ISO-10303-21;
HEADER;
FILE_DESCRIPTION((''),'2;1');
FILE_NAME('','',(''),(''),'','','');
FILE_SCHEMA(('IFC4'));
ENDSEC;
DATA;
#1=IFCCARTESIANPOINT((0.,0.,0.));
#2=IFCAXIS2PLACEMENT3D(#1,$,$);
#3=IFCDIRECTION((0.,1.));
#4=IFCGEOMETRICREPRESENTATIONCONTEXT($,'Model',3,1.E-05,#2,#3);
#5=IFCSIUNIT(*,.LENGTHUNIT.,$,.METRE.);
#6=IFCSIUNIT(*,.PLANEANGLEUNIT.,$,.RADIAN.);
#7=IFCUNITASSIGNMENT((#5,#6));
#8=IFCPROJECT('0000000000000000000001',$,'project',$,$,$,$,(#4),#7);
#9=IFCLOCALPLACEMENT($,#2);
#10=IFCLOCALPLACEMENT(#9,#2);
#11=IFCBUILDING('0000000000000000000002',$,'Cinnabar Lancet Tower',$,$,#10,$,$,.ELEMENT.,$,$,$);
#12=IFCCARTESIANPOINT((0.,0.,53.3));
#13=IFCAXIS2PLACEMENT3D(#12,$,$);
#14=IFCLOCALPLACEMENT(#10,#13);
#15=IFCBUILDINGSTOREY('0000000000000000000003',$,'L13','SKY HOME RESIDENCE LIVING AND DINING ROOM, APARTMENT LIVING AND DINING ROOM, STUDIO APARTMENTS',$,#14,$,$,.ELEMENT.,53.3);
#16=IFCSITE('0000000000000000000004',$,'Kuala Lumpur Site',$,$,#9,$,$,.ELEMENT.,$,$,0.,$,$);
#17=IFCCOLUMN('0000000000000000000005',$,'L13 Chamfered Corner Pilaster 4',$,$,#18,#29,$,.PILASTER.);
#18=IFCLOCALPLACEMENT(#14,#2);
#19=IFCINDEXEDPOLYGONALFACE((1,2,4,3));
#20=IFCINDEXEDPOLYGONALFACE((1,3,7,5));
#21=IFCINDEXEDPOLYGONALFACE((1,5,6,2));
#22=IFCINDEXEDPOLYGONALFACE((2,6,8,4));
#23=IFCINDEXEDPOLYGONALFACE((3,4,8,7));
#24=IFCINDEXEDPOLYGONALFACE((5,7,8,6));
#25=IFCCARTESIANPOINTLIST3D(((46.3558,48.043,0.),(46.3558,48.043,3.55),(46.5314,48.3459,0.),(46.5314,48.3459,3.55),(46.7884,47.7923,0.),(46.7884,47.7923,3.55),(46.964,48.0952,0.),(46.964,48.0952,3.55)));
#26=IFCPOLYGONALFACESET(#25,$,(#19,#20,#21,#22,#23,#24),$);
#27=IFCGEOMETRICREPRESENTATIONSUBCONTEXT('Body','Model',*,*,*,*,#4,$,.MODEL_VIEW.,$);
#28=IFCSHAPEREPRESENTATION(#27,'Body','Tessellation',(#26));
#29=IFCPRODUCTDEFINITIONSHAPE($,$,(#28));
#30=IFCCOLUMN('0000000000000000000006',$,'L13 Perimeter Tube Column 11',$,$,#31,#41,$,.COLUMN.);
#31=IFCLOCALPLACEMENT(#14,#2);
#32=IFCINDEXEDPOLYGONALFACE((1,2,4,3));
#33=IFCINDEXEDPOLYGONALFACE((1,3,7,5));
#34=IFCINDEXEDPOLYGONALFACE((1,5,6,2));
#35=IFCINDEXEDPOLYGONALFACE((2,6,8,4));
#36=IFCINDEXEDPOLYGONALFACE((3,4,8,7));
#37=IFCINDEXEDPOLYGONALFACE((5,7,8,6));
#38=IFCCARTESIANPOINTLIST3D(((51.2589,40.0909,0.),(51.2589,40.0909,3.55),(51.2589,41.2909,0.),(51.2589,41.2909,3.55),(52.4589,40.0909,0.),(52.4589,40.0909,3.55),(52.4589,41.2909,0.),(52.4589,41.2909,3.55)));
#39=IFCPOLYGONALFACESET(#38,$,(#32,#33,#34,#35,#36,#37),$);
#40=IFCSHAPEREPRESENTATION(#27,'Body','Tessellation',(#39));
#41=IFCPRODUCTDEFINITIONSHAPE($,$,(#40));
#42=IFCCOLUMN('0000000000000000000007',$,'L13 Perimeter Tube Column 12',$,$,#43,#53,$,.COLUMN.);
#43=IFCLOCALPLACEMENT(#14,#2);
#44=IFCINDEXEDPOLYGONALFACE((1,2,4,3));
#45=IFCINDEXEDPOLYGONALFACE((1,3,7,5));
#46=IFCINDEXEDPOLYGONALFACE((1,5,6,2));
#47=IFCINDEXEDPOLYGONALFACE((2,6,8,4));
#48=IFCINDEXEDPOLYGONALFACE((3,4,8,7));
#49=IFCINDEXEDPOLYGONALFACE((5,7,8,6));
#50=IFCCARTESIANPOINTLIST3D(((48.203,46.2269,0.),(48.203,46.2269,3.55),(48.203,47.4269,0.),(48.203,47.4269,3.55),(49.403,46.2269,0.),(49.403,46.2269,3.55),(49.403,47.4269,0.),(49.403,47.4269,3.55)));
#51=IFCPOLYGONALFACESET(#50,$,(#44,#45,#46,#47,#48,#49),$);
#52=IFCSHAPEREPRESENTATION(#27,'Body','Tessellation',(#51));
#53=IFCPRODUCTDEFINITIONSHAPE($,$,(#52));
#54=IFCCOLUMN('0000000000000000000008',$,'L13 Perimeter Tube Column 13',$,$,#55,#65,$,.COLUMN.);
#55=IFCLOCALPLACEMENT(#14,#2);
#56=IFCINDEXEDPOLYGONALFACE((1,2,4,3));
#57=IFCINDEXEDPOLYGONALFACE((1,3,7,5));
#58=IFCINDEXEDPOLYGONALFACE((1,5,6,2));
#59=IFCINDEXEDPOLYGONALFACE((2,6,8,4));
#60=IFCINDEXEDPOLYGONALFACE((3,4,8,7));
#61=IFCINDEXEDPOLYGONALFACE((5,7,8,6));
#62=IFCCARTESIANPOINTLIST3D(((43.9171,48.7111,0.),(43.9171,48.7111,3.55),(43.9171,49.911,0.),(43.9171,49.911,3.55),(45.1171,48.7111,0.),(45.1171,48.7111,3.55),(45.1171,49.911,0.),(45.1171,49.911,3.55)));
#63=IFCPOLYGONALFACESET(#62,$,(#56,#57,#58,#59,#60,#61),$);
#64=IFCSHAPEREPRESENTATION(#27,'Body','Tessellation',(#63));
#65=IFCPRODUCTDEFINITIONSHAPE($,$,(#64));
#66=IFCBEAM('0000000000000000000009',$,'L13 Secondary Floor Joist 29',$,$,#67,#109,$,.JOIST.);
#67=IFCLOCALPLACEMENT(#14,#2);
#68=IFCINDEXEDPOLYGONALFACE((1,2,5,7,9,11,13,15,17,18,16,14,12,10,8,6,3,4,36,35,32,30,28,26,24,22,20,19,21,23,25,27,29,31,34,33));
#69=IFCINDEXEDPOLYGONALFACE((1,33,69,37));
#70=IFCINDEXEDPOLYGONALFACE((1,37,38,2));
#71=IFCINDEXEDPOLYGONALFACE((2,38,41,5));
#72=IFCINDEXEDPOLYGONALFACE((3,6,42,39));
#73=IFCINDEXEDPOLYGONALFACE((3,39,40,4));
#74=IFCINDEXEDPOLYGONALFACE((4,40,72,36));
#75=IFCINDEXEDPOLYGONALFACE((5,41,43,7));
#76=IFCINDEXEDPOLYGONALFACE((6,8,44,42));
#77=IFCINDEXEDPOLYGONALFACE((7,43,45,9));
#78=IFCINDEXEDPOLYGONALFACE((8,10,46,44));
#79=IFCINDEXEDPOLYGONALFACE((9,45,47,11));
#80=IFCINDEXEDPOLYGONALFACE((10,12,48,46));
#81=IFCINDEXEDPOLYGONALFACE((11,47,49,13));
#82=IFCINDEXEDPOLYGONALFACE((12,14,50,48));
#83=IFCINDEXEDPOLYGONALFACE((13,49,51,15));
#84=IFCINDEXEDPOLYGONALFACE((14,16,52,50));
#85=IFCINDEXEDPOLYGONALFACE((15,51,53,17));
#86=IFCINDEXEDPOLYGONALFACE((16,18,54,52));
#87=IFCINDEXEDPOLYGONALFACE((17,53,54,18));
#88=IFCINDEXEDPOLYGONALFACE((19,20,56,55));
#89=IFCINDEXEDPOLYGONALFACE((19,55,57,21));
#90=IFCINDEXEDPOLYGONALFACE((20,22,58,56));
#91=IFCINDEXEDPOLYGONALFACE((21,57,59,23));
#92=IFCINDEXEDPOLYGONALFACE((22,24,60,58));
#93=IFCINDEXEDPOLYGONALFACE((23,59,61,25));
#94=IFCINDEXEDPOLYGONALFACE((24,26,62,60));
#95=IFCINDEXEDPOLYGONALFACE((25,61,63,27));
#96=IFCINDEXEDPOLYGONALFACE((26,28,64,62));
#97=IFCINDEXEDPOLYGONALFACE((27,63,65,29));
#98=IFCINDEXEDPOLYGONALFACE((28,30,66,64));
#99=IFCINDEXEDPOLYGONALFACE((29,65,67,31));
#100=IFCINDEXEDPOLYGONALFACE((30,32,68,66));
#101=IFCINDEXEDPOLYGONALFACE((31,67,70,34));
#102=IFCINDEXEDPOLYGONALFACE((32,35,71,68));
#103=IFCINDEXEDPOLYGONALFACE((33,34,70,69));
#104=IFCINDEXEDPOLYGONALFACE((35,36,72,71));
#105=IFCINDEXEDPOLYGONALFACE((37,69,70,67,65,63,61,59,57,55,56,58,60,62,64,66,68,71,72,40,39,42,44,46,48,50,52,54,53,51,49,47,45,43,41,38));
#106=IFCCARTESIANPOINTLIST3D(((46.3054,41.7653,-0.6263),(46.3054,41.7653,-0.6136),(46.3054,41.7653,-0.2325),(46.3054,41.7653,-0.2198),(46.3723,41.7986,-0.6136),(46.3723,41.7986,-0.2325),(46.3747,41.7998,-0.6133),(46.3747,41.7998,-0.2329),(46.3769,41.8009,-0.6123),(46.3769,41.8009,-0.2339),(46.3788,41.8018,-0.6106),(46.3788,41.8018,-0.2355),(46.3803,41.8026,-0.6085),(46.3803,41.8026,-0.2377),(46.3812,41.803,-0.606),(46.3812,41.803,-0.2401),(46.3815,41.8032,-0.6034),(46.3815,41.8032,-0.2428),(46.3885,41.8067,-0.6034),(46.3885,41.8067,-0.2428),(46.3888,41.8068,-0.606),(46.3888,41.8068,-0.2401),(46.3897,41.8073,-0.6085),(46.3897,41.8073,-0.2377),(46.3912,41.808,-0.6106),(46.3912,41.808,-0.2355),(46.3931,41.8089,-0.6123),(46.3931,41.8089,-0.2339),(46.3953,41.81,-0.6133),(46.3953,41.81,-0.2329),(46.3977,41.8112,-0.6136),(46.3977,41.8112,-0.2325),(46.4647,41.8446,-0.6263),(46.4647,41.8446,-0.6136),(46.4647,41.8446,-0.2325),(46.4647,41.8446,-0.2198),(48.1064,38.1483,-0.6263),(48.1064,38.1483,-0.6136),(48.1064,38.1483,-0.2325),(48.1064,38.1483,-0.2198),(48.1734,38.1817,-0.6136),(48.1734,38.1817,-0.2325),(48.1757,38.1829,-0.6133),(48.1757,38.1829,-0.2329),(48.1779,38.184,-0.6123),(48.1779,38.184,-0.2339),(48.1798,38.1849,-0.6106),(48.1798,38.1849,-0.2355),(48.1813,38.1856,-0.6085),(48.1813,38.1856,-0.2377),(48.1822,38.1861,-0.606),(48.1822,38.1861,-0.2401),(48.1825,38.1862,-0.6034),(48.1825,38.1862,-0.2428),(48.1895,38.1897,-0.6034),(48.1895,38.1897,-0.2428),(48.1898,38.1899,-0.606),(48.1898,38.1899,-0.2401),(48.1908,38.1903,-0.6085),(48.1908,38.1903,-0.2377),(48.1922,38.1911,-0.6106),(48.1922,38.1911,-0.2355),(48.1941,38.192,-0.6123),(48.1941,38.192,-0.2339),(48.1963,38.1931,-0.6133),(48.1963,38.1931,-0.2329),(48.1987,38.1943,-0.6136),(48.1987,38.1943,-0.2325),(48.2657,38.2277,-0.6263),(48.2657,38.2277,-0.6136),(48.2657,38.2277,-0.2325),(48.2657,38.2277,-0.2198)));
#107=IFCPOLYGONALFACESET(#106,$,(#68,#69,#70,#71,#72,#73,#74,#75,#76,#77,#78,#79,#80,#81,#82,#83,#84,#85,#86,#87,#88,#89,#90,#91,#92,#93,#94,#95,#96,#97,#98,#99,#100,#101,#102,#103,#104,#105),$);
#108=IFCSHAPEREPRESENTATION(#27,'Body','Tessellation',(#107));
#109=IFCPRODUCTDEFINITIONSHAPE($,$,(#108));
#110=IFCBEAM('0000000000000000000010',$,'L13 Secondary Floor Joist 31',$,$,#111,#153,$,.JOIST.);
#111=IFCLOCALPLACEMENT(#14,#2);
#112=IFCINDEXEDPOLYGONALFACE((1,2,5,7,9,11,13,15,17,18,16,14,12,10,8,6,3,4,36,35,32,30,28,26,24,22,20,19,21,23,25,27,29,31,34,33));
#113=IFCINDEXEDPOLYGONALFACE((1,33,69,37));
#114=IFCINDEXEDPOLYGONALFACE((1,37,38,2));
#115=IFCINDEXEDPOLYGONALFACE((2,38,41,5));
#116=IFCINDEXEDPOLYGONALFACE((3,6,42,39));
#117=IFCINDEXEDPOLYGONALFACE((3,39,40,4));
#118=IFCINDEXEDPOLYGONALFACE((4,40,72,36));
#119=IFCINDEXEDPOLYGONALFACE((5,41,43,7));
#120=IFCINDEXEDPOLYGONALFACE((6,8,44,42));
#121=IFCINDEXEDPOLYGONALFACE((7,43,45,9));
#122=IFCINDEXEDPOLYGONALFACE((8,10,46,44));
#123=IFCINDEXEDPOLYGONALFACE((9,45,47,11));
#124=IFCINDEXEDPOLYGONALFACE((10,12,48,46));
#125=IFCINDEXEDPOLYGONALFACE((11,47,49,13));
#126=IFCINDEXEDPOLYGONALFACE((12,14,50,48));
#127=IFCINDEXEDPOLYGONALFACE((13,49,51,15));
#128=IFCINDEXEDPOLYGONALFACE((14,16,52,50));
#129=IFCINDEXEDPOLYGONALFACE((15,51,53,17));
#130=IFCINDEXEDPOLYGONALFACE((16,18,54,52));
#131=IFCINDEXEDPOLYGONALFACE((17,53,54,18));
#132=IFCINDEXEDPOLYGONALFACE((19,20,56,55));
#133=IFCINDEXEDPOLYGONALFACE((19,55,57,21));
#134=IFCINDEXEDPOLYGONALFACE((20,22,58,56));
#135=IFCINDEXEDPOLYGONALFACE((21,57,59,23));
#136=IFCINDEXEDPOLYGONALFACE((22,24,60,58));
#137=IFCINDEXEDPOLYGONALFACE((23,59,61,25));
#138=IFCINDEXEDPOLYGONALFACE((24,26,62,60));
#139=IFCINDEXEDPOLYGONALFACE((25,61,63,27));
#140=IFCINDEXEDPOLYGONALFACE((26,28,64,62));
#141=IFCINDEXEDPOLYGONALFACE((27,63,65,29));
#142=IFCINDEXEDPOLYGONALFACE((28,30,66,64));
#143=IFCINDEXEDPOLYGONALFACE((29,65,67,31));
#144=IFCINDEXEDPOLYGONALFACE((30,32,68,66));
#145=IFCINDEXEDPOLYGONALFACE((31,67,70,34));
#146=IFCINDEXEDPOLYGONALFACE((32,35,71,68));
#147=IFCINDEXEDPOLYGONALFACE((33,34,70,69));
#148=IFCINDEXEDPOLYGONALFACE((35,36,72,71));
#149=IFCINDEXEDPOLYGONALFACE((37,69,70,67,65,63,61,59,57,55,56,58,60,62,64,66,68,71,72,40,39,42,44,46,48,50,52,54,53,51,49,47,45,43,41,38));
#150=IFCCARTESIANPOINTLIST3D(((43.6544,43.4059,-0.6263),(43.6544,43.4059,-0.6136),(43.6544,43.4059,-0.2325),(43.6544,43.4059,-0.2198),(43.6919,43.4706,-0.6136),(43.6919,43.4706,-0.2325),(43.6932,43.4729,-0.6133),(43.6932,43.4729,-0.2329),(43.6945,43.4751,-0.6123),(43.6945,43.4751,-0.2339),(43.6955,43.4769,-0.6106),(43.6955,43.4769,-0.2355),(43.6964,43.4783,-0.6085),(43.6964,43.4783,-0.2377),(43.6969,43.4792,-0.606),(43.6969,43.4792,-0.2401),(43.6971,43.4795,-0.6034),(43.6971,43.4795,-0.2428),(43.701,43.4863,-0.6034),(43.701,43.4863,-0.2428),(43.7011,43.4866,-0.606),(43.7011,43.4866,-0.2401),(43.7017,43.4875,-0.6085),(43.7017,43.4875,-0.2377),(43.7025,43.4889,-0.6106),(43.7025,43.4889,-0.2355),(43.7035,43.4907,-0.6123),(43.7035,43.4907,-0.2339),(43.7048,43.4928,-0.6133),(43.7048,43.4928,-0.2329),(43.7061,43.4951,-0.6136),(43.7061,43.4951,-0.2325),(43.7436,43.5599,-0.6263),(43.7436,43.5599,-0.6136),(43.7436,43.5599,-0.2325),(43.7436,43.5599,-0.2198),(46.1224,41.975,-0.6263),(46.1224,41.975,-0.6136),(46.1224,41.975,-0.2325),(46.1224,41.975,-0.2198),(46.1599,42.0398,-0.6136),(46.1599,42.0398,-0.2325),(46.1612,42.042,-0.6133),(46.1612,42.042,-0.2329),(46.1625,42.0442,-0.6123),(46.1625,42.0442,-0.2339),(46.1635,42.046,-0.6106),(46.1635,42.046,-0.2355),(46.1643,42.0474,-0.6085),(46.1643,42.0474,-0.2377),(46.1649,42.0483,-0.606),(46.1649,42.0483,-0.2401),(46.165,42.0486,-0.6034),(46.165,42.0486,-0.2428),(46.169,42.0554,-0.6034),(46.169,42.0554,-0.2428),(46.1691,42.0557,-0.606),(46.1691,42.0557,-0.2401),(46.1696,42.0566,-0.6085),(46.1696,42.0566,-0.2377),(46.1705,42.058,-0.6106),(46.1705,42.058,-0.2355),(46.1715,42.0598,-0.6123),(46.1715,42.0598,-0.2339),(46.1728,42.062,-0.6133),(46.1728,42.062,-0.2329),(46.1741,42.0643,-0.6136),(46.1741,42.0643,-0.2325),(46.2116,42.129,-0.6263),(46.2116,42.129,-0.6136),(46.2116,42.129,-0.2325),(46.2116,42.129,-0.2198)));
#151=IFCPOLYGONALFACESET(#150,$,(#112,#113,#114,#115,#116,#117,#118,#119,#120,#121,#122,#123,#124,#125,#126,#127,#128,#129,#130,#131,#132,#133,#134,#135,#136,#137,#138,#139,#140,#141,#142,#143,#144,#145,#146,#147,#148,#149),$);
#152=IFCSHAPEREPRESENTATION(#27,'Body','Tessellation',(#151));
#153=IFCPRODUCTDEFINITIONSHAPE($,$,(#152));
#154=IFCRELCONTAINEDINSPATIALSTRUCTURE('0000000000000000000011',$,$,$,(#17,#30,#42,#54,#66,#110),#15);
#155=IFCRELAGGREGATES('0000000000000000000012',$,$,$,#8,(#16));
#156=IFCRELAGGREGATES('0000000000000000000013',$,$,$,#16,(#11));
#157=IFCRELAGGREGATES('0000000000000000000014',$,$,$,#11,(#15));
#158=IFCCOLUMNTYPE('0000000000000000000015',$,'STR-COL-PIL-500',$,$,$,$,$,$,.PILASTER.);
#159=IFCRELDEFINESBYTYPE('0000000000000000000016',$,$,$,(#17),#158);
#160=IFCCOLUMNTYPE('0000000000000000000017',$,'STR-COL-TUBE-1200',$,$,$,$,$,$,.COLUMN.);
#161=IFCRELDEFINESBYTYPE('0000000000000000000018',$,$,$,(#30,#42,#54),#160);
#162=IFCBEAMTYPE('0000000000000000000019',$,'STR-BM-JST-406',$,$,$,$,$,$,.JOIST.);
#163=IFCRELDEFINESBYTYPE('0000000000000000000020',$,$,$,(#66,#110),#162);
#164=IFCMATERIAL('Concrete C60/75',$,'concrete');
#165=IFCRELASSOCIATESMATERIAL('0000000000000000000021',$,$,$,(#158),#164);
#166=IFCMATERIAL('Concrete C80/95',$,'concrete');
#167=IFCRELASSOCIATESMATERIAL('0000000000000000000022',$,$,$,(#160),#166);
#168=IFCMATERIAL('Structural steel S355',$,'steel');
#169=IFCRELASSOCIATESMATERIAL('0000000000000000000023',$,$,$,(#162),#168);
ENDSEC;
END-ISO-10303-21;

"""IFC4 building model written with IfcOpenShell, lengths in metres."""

from ifc_helpers import new_model, si_unit, direction, frame, origin, origin_2d, place, context, subcontext, project, spatial, rectangle, i_section, extrude, material, material_profile, profile_set, type_object, element, save


model = new_model("IFC4")

# Units and contexts
model_context = context("Model", 3, precision=1e-05, world=origin(), true_north=direction((0.0, 1.0)))
body_context = subcontext(model_context, "Body", "Model", "MODEL_VIEW")
ifc_project = project(units=[si_unit("LENGTHUNIT", "METRE"), si_unit("PLANEANGLEUNIT", "RADIAN")], contexts=[model_context])

# Site, building, storey
site_placement = place(None, origin())
site = spatial("IfcSite", under=ifc_project, at=site_placement, Name="Kuala Lumpur Site", CompositionType="ELEMENT", RefElevation=0.0)
building_placement = place(site_placement, origin())
building = spatial("IfcBuilding", under=site, at=building_placement, Name="Cinnabar Lancet Tower", CompositionType="ELEMENT")
storey_placement = place(building_placement, frame((0.0, 0.0, 53.3)))
storey = spatial("IfcBuildingStorey", under=building, at=storey_placement, Name="L13", Description="SKY HOME RESIDENCE LIVING AND DINING ROOM, APARTMENT LIVING AND DINING ROOM, STUDIO APARTMENTS", CompositionType="ELEMENT", Elevation=53.3)

# Columns
ifc_material_1 = material(Name="Concrete C60/75", Category="concrete")
ifc_material_profile_1 = material_profile(ifc_material_1, rectangle(XDim=0.5, YDim=0.3501, at=origin_2d()), Name="RC-PIL 500x350")
ifc_profile_set_1 = profile_set([ifc_material_profile_1], Name="Concrete C60/75")
column_type_1 = type_object("IfcColumnType", Name="STR-COL-PIL-500", PredefinedType="PILASTER", material=ifc_profile_set_1)
column_placement = place(storey_placement, frame((46.6599, 48.0691, 0.0), z_axis=(0.0, 0.0, 1.0), x_axis=(-0.865195, 0.501435, 0.0)))
element("IfcColumn", 1, at=column_placement, inside=storey, type_object=column_type_1, Name="L13 Chamfered Corner Pilaster 4", PredefinedType="PILASTER", context=body_context, shape_type="SweptSolid", body=[
    extrude(rectangle(XDim=0.5, YDim=0.3501, at=origin_2d()), origin(), (0.0, 0.0, 1.0), 3.55),
])
ifc_material_2 = material(Name="Concrete C80/95", Category="concrete")
ifc_material_profile_2 = material_profile(ifc_material_2, rectangle(XDim=1.2, YDim=1.2, at=origin_2d()), Name="RC-COL 1200x1200")
ifc_profile_set_2 = profile_set([ifc_material_profile_2], Name="Concrete C80/95")
column_type_2 = type_object("IfcColumnType", Name="STR-COL-TUBE-1200", PredefinedType="COLUMN", material=ifc_profile_set_2)
for number, where, z_axis, x_axis, name in (
    (2, (51.8589, 40.6909, 0.0), (0.0, 0.0, 1.0), (1.0, 0.0, 0.0), "L13 Perimeter Tube Column 11"),
    (3, (48.803, 46.8269, 0.0), (0.0, 0.0, 1.0), (1.0, 0.0, 0.0), "L13 Perimeter Tube Column 12"),
    (4, (44.5171, 49.311, 0.0), (0.0, 0.0, 1.0), (1.0, 0.0, 0.0), "L13 Perimeter Tube Column 13"),
):
    element("IfcColumn", number, at=place(storey_placement, frame(where, z_axis=z_axis, x_axis=x_axis)), inside=storey, type_object=column_type_2, Name=name, PredefinedType="COLUMN", context=body_context, shape_type="SweptSolid", body=[
        extrude(rectangle(XDim=1.2, YDim=1.2, at=origin_2d()), origin(), (0.0, 0.0, 1.0), 3.55),
    ])

# Beams
ifc_material_3 = material(Name="Structural steel S355", Category="steel")
ifc_material_profile_3 = material_profile(ifc_material_3, i_section(OverallWidth=0.178, OverallDepth=0.4065, WebThickness=0.0078, FlangeThickness=0.0127, FilletRadius=0.0103, at=origin_2d()), Name="UKB 406x178x60")
ifc_profile_set_3 = profile_set([ifc_material_profile_3], Name="Structural steel S355")
beam_type_1 = type_object("IfcBeamType", Name="STR-BM-JST-406", PredefinedType="JOIST", material=ifc_profile_set_3)
beam_1_placement = place(storey_placement, frame((48.186, 38.188, -0.4231), z_axis=(-0.445739, 0.895163, 0.0), x_axis=(-0.895163, -0.445739, 0.0)))
element("IfcBeam", 5, at=beam_1_placement, inside=storey, type_object=beam_type_1, Name="L13 Secondary Floor Joist 29", PredefinedType="JOIST", context=body_context, shape_type="SweptSolid", body=[
    extrude(i_section(OverallWidth=0.178, OverallDepth=0.4065, WebThickness=0.0078, FlangeThickness=0.0127, FilletRadius=0.0103, at=origin_2d()), origin(), (0.0, 0.0, 1.0), 4.0405),
])
beam_2_placement = place(storey_placement, frame((46.167, 42.052, -0.4231), z_axis=(-0.865114, 0.501576, 0.0), x_axis=(-0.501576, -0.865114, 0.0)))
element("IfcBeam", 6, at=beam_2_placement, inside=storey, type_object=beam_type_1, Name="L13 Secondary Floor Joist 31", PredefinedType="JOIST", context=body_context, shape_type="SweptSolid", body=[
    extrude(i_section(OverallWidth=0.178, OverallDepth=0.4065, WebThickness=0.0078, FlangeThickness=0.0127, FilletRadius=0.0103, at=origin_2d()), origin(), (0.0, 0.0, 1.0), 2.8528),
])

save(model, "model.ifc")
